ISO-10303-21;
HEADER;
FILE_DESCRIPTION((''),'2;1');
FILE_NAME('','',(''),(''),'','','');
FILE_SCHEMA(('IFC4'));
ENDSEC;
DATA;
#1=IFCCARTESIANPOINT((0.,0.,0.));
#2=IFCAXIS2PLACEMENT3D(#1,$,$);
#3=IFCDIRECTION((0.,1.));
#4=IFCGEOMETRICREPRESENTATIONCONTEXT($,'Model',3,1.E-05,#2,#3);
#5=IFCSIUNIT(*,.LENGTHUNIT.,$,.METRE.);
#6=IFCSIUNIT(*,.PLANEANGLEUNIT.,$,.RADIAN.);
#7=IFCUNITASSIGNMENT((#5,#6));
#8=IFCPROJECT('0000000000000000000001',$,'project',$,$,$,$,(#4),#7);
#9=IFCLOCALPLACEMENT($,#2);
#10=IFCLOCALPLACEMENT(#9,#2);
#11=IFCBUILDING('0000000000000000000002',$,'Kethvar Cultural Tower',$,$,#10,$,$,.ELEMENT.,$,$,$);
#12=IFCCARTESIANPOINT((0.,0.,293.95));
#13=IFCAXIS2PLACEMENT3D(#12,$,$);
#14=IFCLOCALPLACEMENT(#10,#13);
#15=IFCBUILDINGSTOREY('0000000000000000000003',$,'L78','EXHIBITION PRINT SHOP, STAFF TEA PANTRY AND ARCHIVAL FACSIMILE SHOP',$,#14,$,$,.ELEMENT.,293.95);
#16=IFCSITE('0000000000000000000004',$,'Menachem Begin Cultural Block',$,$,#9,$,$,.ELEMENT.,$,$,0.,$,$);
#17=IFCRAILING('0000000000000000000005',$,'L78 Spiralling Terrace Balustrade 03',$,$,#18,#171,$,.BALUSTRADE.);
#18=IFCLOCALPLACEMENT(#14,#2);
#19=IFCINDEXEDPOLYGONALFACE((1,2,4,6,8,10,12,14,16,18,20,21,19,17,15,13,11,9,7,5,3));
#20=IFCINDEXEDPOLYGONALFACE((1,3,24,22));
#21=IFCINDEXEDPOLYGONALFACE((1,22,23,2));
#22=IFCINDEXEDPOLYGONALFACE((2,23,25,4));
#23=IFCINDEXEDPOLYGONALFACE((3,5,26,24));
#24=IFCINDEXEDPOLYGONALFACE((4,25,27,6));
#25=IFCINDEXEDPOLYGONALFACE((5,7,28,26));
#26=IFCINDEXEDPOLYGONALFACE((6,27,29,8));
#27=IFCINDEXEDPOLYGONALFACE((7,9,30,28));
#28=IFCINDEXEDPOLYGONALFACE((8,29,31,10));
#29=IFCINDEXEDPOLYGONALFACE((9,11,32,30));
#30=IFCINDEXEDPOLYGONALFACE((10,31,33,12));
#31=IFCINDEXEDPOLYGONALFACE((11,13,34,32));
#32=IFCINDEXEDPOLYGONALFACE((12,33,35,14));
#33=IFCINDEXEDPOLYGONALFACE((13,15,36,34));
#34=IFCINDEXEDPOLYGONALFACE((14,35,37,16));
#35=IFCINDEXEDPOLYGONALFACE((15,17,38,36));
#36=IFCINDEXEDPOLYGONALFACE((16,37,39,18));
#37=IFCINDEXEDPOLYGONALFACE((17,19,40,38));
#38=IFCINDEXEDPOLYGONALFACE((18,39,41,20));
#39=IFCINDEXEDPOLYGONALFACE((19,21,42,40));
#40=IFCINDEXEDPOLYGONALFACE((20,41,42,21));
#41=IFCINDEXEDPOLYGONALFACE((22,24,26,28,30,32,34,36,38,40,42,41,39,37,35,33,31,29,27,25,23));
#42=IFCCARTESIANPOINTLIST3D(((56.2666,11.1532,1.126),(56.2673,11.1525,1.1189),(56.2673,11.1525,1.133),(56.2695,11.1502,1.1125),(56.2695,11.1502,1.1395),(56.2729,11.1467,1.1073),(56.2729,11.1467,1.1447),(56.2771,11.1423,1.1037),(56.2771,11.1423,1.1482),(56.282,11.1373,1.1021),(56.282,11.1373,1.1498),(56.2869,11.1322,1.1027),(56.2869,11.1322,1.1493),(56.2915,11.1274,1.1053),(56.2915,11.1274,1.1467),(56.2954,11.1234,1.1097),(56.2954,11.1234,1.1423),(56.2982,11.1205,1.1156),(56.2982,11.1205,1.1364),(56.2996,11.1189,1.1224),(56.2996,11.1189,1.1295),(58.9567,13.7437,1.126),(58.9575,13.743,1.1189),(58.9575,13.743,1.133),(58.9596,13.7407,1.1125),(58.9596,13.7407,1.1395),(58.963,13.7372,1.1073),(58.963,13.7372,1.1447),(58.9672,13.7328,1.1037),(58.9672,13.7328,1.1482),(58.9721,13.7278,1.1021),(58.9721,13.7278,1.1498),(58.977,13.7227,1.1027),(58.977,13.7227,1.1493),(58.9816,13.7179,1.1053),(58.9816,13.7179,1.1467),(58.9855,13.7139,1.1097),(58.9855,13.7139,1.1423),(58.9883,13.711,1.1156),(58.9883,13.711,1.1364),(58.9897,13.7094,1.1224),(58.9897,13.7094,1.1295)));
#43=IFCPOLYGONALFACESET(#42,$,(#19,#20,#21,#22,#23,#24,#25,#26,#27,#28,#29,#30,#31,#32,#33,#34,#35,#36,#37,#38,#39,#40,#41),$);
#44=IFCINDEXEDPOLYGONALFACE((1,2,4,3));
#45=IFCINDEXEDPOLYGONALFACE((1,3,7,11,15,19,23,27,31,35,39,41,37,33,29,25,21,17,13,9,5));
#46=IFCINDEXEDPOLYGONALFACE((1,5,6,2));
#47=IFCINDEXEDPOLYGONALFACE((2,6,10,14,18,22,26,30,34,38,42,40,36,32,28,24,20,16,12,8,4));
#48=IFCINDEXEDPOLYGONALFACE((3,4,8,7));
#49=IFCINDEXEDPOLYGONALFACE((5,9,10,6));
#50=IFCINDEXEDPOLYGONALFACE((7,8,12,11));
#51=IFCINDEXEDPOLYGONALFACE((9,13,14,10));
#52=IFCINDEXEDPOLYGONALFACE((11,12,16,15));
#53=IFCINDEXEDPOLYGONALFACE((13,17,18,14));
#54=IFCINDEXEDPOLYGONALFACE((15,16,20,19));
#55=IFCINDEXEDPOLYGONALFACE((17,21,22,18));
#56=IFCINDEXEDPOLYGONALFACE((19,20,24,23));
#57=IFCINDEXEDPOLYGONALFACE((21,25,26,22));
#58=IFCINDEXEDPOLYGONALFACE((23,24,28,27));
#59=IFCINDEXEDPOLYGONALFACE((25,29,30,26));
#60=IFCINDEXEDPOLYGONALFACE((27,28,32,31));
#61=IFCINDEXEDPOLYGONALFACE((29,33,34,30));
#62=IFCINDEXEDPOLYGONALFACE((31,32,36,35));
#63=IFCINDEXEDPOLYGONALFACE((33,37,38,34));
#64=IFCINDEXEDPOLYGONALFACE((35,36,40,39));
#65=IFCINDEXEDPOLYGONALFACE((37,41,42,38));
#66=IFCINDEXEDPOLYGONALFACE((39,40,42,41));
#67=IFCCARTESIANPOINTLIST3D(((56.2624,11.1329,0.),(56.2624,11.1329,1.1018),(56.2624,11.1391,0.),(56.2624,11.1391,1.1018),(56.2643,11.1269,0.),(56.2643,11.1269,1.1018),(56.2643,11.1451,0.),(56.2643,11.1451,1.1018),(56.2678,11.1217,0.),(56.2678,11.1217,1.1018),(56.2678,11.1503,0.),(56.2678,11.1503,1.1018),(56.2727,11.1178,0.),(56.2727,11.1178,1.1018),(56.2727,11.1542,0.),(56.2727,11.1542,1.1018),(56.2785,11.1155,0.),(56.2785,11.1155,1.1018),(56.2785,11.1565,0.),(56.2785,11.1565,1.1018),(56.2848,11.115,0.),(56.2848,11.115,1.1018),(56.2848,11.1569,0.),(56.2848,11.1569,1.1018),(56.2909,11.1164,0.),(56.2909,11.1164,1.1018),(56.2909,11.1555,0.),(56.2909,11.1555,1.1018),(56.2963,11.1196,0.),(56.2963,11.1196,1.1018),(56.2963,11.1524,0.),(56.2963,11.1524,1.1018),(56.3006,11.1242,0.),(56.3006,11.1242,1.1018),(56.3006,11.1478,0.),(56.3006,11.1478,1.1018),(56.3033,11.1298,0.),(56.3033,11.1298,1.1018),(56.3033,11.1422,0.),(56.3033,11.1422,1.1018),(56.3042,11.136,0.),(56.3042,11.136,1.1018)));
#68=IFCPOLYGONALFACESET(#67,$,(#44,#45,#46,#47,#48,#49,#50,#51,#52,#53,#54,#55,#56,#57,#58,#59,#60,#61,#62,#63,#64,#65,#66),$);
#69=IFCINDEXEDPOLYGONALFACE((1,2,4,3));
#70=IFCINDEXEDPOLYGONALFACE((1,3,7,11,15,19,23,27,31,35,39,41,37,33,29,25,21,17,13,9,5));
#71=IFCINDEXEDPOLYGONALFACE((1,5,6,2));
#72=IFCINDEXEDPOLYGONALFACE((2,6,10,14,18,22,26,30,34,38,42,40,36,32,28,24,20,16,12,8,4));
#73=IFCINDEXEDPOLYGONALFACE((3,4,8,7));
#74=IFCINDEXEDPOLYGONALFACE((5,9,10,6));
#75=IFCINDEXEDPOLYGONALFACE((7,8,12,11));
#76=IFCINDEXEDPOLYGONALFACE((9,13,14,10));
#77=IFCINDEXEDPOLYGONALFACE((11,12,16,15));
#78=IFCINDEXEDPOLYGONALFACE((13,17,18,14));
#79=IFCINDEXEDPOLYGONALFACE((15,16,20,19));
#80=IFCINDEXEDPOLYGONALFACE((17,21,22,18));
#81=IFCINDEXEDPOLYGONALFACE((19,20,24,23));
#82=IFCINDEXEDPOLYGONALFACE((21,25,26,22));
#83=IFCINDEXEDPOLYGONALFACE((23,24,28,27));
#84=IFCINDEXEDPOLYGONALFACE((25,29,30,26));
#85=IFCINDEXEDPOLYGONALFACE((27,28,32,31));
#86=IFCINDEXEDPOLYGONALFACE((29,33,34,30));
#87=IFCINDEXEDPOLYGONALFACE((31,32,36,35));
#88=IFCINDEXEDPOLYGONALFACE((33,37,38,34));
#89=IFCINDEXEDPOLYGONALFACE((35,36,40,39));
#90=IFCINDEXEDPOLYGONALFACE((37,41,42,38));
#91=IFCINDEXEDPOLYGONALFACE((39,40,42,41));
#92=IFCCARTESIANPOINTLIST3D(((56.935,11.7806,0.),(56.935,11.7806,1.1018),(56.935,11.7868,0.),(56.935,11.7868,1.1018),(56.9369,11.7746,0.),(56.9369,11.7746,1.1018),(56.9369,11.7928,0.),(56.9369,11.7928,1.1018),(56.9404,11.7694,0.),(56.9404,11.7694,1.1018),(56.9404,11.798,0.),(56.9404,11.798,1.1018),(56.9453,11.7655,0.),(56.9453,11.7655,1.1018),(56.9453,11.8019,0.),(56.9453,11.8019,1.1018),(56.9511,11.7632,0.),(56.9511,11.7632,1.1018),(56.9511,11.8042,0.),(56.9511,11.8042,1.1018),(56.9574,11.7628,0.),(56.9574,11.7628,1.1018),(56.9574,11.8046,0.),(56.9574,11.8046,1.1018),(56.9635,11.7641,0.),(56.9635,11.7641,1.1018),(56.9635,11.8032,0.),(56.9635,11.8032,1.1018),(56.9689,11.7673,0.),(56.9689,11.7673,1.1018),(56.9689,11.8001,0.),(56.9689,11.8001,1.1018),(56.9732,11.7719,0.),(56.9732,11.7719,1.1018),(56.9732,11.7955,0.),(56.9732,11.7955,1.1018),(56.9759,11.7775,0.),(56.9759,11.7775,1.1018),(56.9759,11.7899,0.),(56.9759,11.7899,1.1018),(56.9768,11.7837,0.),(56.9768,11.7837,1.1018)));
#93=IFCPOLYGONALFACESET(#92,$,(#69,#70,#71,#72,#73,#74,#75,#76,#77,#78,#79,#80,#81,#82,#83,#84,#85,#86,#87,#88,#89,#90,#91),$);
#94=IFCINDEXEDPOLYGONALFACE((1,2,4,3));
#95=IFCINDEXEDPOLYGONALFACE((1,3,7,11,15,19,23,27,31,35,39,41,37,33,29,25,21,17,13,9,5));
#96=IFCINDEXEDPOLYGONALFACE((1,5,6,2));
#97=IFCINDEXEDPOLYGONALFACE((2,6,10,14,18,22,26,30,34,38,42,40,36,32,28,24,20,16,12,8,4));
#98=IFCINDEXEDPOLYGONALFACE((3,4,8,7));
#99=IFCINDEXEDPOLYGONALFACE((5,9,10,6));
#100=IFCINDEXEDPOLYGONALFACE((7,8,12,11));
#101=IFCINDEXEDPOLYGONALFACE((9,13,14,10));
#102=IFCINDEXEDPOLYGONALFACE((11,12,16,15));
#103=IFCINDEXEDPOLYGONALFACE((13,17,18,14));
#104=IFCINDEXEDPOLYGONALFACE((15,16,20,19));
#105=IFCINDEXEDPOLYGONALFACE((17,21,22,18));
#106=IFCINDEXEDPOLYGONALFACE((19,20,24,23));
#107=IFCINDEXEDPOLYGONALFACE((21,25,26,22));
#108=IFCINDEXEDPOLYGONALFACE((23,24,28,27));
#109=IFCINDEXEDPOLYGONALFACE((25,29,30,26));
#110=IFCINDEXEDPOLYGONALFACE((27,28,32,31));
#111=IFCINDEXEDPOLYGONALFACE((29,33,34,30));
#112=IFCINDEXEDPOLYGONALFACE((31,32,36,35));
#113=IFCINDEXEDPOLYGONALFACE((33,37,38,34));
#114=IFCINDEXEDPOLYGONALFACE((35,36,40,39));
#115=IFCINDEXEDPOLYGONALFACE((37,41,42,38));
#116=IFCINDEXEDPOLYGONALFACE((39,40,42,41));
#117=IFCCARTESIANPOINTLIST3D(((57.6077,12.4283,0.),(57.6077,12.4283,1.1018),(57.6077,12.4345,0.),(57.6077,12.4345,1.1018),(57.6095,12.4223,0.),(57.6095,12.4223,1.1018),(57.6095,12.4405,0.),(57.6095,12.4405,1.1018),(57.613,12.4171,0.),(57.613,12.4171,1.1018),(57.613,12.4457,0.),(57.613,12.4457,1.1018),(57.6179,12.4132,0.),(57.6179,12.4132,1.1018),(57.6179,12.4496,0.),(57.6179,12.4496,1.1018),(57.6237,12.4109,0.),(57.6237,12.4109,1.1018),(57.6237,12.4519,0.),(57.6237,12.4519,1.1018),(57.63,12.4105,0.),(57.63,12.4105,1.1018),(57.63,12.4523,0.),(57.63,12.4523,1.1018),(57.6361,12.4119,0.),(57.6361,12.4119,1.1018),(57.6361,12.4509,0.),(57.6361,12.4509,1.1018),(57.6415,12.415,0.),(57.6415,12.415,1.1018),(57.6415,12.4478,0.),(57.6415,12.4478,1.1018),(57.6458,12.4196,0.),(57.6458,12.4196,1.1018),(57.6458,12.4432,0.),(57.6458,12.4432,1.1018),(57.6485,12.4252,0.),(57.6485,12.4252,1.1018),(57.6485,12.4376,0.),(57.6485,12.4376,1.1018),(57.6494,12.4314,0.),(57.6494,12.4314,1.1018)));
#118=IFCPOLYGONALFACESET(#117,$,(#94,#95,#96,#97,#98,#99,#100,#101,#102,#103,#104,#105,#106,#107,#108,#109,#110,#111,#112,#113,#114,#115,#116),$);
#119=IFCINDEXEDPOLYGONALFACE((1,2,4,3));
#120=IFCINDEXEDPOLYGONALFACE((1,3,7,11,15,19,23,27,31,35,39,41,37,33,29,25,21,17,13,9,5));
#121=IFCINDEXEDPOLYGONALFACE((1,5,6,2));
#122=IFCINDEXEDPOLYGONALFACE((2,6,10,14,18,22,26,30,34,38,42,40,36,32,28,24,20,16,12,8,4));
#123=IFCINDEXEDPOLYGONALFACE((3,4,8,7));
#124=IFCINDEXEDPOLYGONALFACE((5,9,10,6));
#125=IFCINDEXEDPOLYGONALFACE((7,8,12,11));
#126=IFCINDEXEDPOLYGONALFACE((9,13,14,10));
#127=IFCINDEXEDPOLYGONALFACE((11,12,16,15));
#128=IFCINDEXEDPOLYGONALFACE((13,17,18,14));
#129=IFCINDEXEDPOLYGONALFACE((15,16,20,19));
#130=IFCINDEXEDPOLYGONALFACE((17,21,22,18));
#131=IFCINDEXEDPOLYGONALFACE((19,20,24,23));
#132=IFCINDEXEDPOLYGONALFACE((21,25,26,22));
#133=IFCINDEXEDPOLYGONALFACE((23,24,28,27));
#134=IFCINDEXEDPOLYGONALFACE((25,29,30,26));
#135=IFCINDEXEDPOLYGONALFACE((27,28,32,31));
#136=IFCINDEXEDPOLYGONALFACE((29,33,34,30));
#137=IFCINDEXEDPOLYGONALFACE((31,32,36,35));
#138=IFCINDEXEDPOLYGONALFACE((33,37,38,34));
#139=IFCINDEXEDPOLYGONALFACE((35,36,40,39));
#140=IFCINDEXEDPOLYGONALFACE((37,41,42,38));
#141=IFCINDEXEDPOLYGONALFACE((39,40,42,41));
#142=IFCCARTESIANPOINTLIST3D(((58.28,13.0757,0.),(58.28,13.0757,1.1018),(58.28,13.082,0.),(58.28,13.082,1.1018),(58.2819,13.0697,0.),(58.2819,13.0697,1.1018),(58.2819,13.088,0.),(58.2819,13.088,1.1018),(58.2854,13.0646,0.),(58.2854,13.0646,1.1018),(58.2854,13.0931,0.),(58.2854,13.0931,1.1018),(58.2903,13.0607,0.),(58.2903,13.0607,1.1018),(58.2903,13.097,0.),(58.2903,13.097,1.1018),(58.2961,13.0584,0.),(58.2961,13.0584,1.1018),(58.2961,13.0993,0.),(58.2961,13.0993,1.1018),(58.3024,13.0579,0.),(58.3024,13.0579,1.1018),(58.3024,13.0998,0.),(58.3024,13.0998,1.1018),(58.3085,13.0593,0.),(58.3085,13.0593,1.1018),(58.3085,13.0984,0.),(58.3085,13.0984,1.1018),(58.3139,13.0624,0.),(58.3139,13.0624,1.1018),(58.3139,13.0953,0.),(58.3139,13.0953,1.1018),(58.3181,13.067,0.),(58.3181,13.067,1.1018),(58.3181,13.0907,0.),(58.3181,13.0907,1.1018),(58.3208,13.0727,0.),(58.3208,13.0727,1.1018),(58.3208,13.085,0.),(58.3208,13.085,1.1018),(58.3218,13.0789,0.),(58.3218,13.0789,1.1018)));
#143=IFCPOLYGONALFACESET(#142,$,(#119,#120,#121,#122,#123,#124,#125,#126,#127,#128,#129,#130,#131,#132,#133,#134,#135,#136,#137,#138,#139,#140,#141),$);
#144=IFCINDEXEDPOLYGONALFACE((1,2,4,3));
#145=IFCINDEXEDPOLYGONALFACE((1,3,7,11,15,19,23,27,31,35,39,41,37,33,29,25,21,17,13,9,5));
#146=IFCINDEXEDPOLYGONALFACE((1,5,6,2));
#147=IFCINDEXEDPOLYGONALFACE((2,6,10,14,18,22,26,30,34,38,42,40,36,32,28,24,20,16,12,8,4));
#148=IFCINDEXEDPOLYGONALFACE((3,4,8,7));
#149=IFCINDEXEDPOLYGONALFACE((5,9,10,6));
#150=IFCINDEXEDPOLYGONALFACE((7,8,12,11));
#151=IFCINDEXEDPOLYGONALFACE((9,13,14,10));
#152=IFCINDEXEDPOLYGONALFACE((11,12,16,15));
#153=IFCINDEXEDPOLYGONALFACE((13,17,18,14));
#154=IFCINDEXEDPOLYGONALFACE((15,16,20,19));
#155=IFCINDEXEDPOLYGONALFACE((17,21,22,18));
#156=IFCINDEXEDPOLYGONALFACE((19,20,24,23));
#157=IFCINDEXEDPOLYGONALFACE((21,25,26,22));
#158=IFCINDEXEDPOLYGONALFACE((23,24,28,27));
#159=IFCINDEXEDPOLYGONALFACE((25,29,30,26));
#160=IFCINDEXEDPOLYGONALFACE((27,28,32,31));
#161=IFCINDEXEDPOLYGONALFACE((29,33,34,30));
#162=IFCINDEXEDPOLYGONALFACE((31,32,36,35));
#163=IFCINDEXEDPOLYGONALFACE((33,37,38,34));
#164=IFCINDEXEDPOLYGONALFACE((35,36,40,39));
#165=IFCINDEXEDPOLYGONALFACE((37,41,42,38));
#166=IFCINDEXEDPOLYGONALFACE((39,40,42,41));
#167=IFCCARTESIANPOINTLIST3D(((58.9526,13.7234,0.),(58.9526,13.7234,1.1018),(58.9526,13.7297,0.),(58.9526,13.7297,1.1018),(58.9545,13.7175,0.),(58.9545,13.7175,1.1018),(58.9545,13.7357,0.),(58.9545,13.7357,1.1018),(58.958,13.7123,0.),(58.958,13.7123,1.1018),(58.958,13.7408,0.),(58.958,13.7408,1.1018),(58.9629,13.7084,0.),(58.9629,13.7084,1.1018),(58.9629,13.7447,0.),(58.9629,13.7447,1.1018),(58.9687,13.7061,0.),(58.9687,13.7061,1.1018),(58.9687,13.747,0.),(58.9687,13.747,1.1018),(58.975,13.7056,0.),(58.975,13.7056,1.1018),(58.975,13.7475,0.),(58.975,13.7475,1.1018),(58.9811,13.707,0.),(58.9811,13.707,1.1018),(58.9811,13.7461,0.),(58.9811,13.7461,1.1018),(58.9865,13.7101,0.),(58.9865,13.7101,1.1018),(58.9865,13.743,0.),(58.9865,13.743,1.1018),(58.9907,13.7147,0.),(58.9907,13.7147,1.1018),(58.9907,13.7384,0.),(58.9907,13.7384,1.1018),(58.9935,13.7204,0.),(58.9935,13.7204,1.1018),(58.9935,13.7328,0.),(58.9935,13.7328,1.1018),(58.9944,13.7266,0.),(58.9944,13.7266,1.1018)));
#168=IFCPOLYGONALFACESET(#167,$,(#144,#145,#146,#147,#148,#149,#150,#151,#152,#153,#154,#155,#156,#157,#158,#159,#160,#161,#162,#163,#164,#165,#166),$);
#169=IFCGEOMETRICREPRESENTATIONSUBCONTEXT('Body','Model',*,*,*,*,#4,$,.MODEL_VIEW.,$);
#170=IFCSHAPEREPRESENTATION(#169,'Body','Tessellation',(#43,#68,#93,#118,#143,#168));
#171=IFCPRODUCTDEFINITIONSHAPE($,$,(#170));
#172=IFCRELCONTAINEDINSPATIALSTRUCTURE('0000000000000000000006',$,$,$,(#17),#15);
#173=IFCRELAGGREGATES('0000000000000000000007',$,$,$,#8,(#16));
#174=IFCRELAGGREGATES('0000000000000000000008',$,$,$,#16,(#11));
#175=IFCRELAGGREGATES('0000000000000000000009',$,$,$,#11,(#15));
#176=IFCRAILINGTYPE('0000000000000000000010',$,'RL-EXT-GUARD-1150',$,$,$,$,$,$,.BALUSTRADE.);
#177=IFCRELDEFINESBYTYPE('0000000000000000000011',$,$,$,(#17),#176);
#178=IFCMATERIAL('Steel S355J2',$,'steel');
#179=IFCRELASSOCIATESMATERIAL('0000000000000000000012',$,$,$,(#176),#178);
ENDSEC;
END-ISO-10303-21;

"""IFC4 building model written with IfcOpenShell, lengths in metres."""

from ifc_helpers import new_model, si_unit, direction, frame, origin, origin_2d, place, context, subcontext, project, spatial, circle, extrude, material, type_object, element, save


model = new_model("IFC4")

# Units and contexts
model_context = context("Model", 3, precision=1e-05, world=origin(), true_north=direction((0.0, 1.0)))
body_context = subcontext(model_context, "Body", "Model", "MODEL_VIEW")
ifc_project = project(units=[si_unit("LENGTHUNIT", "METRE"), si_unit("PLANEANGLEUNIT", "RADIAN")], contexts=[model_context])

# Site, building, storey
site_placement = place(None, origin())
site = spatial("IfcSite", under=ifc_project, at=site_placement, Name="Menachem Begin Cultural Block", CompositionType="ELEMENT", RefElevation=0.0)
building_placement = place(site_placement, origin())
building = spatial("IfcBuilding", under=site, at=building_placement, Name="Kethvar Cultural Tower", CompositionType="ELEMENT")
storey_placement = place(building_placement, frame((0.0, 0.0, 293.95)))
storey = spatial("IfcBuildingStorey", under=building, at=storey_placement, Name="L78", Description="EXHIBITION PRINT SHOP, STAFF TEA PANTRY AND ARCHIVAL FACSIMILE SHOP", CompositionType="ELEMENT", Elevation=293.95)

# Shared definitions
ifc_material_1 = material(Name="Steel S355J2", Category="steel")

# Railing
railing_type = type_object("IfcRailingType", Name="RL-EXT-GUARD-1150", PredefinedType="BALUSTRADE", material=ifc_material_1)
railing_1_placement = place(storey_placement, frame((56.2832, 11.136, 0.0)))
element("IfcRailing", 1, at=railing_1_placement, inside=storey, type_object=railing_type, Name="L78 Spiralling Terrace Balustrade 03", PredefinedType="BALUSTRADE", context=body_context, shape_type="SweptSolid", body=[
    extrude(circle(Radius=0.0239, at=origin_2d()), frame((0.0, 0.0, 1.126), z_axis=(0.720317, 0.693645, 0.0), x_axis=(-0.693645, 0.720317, 0.0)), (0.0, 0.0, 1.0), 3.7346),
    extrude(circle(Radius=0.021, at=origin_2d()), origin(), (0.0, 0.0, 1.0), 1.1018),
    extrude(circle(Radius=0.021, at=origin_2d()), frame((0.6726, 0.6477, 0.0)), (0.0, 0.0, 1.0), 1.1018),
    extrude(circle(Radius=0.021, at=origin_2d()), frame((1.3452, 1.2954, 0.0)), (0.0, 0.0, 1.0), 1.1018),
    extrude(circle(Radius=0.021, at=origin_2d()), frame((2.0176, 1.9429, 0.0)), (0.0, 0.0, 1.0), 1.1018),
    extrude(circle(Radius=0.021, at=origin_2d()), frame((2.6902, 2.5906, 0.0)), (0.0, 0.0, 1.0), 1.1018),
])

save(model, "model.ifc")
